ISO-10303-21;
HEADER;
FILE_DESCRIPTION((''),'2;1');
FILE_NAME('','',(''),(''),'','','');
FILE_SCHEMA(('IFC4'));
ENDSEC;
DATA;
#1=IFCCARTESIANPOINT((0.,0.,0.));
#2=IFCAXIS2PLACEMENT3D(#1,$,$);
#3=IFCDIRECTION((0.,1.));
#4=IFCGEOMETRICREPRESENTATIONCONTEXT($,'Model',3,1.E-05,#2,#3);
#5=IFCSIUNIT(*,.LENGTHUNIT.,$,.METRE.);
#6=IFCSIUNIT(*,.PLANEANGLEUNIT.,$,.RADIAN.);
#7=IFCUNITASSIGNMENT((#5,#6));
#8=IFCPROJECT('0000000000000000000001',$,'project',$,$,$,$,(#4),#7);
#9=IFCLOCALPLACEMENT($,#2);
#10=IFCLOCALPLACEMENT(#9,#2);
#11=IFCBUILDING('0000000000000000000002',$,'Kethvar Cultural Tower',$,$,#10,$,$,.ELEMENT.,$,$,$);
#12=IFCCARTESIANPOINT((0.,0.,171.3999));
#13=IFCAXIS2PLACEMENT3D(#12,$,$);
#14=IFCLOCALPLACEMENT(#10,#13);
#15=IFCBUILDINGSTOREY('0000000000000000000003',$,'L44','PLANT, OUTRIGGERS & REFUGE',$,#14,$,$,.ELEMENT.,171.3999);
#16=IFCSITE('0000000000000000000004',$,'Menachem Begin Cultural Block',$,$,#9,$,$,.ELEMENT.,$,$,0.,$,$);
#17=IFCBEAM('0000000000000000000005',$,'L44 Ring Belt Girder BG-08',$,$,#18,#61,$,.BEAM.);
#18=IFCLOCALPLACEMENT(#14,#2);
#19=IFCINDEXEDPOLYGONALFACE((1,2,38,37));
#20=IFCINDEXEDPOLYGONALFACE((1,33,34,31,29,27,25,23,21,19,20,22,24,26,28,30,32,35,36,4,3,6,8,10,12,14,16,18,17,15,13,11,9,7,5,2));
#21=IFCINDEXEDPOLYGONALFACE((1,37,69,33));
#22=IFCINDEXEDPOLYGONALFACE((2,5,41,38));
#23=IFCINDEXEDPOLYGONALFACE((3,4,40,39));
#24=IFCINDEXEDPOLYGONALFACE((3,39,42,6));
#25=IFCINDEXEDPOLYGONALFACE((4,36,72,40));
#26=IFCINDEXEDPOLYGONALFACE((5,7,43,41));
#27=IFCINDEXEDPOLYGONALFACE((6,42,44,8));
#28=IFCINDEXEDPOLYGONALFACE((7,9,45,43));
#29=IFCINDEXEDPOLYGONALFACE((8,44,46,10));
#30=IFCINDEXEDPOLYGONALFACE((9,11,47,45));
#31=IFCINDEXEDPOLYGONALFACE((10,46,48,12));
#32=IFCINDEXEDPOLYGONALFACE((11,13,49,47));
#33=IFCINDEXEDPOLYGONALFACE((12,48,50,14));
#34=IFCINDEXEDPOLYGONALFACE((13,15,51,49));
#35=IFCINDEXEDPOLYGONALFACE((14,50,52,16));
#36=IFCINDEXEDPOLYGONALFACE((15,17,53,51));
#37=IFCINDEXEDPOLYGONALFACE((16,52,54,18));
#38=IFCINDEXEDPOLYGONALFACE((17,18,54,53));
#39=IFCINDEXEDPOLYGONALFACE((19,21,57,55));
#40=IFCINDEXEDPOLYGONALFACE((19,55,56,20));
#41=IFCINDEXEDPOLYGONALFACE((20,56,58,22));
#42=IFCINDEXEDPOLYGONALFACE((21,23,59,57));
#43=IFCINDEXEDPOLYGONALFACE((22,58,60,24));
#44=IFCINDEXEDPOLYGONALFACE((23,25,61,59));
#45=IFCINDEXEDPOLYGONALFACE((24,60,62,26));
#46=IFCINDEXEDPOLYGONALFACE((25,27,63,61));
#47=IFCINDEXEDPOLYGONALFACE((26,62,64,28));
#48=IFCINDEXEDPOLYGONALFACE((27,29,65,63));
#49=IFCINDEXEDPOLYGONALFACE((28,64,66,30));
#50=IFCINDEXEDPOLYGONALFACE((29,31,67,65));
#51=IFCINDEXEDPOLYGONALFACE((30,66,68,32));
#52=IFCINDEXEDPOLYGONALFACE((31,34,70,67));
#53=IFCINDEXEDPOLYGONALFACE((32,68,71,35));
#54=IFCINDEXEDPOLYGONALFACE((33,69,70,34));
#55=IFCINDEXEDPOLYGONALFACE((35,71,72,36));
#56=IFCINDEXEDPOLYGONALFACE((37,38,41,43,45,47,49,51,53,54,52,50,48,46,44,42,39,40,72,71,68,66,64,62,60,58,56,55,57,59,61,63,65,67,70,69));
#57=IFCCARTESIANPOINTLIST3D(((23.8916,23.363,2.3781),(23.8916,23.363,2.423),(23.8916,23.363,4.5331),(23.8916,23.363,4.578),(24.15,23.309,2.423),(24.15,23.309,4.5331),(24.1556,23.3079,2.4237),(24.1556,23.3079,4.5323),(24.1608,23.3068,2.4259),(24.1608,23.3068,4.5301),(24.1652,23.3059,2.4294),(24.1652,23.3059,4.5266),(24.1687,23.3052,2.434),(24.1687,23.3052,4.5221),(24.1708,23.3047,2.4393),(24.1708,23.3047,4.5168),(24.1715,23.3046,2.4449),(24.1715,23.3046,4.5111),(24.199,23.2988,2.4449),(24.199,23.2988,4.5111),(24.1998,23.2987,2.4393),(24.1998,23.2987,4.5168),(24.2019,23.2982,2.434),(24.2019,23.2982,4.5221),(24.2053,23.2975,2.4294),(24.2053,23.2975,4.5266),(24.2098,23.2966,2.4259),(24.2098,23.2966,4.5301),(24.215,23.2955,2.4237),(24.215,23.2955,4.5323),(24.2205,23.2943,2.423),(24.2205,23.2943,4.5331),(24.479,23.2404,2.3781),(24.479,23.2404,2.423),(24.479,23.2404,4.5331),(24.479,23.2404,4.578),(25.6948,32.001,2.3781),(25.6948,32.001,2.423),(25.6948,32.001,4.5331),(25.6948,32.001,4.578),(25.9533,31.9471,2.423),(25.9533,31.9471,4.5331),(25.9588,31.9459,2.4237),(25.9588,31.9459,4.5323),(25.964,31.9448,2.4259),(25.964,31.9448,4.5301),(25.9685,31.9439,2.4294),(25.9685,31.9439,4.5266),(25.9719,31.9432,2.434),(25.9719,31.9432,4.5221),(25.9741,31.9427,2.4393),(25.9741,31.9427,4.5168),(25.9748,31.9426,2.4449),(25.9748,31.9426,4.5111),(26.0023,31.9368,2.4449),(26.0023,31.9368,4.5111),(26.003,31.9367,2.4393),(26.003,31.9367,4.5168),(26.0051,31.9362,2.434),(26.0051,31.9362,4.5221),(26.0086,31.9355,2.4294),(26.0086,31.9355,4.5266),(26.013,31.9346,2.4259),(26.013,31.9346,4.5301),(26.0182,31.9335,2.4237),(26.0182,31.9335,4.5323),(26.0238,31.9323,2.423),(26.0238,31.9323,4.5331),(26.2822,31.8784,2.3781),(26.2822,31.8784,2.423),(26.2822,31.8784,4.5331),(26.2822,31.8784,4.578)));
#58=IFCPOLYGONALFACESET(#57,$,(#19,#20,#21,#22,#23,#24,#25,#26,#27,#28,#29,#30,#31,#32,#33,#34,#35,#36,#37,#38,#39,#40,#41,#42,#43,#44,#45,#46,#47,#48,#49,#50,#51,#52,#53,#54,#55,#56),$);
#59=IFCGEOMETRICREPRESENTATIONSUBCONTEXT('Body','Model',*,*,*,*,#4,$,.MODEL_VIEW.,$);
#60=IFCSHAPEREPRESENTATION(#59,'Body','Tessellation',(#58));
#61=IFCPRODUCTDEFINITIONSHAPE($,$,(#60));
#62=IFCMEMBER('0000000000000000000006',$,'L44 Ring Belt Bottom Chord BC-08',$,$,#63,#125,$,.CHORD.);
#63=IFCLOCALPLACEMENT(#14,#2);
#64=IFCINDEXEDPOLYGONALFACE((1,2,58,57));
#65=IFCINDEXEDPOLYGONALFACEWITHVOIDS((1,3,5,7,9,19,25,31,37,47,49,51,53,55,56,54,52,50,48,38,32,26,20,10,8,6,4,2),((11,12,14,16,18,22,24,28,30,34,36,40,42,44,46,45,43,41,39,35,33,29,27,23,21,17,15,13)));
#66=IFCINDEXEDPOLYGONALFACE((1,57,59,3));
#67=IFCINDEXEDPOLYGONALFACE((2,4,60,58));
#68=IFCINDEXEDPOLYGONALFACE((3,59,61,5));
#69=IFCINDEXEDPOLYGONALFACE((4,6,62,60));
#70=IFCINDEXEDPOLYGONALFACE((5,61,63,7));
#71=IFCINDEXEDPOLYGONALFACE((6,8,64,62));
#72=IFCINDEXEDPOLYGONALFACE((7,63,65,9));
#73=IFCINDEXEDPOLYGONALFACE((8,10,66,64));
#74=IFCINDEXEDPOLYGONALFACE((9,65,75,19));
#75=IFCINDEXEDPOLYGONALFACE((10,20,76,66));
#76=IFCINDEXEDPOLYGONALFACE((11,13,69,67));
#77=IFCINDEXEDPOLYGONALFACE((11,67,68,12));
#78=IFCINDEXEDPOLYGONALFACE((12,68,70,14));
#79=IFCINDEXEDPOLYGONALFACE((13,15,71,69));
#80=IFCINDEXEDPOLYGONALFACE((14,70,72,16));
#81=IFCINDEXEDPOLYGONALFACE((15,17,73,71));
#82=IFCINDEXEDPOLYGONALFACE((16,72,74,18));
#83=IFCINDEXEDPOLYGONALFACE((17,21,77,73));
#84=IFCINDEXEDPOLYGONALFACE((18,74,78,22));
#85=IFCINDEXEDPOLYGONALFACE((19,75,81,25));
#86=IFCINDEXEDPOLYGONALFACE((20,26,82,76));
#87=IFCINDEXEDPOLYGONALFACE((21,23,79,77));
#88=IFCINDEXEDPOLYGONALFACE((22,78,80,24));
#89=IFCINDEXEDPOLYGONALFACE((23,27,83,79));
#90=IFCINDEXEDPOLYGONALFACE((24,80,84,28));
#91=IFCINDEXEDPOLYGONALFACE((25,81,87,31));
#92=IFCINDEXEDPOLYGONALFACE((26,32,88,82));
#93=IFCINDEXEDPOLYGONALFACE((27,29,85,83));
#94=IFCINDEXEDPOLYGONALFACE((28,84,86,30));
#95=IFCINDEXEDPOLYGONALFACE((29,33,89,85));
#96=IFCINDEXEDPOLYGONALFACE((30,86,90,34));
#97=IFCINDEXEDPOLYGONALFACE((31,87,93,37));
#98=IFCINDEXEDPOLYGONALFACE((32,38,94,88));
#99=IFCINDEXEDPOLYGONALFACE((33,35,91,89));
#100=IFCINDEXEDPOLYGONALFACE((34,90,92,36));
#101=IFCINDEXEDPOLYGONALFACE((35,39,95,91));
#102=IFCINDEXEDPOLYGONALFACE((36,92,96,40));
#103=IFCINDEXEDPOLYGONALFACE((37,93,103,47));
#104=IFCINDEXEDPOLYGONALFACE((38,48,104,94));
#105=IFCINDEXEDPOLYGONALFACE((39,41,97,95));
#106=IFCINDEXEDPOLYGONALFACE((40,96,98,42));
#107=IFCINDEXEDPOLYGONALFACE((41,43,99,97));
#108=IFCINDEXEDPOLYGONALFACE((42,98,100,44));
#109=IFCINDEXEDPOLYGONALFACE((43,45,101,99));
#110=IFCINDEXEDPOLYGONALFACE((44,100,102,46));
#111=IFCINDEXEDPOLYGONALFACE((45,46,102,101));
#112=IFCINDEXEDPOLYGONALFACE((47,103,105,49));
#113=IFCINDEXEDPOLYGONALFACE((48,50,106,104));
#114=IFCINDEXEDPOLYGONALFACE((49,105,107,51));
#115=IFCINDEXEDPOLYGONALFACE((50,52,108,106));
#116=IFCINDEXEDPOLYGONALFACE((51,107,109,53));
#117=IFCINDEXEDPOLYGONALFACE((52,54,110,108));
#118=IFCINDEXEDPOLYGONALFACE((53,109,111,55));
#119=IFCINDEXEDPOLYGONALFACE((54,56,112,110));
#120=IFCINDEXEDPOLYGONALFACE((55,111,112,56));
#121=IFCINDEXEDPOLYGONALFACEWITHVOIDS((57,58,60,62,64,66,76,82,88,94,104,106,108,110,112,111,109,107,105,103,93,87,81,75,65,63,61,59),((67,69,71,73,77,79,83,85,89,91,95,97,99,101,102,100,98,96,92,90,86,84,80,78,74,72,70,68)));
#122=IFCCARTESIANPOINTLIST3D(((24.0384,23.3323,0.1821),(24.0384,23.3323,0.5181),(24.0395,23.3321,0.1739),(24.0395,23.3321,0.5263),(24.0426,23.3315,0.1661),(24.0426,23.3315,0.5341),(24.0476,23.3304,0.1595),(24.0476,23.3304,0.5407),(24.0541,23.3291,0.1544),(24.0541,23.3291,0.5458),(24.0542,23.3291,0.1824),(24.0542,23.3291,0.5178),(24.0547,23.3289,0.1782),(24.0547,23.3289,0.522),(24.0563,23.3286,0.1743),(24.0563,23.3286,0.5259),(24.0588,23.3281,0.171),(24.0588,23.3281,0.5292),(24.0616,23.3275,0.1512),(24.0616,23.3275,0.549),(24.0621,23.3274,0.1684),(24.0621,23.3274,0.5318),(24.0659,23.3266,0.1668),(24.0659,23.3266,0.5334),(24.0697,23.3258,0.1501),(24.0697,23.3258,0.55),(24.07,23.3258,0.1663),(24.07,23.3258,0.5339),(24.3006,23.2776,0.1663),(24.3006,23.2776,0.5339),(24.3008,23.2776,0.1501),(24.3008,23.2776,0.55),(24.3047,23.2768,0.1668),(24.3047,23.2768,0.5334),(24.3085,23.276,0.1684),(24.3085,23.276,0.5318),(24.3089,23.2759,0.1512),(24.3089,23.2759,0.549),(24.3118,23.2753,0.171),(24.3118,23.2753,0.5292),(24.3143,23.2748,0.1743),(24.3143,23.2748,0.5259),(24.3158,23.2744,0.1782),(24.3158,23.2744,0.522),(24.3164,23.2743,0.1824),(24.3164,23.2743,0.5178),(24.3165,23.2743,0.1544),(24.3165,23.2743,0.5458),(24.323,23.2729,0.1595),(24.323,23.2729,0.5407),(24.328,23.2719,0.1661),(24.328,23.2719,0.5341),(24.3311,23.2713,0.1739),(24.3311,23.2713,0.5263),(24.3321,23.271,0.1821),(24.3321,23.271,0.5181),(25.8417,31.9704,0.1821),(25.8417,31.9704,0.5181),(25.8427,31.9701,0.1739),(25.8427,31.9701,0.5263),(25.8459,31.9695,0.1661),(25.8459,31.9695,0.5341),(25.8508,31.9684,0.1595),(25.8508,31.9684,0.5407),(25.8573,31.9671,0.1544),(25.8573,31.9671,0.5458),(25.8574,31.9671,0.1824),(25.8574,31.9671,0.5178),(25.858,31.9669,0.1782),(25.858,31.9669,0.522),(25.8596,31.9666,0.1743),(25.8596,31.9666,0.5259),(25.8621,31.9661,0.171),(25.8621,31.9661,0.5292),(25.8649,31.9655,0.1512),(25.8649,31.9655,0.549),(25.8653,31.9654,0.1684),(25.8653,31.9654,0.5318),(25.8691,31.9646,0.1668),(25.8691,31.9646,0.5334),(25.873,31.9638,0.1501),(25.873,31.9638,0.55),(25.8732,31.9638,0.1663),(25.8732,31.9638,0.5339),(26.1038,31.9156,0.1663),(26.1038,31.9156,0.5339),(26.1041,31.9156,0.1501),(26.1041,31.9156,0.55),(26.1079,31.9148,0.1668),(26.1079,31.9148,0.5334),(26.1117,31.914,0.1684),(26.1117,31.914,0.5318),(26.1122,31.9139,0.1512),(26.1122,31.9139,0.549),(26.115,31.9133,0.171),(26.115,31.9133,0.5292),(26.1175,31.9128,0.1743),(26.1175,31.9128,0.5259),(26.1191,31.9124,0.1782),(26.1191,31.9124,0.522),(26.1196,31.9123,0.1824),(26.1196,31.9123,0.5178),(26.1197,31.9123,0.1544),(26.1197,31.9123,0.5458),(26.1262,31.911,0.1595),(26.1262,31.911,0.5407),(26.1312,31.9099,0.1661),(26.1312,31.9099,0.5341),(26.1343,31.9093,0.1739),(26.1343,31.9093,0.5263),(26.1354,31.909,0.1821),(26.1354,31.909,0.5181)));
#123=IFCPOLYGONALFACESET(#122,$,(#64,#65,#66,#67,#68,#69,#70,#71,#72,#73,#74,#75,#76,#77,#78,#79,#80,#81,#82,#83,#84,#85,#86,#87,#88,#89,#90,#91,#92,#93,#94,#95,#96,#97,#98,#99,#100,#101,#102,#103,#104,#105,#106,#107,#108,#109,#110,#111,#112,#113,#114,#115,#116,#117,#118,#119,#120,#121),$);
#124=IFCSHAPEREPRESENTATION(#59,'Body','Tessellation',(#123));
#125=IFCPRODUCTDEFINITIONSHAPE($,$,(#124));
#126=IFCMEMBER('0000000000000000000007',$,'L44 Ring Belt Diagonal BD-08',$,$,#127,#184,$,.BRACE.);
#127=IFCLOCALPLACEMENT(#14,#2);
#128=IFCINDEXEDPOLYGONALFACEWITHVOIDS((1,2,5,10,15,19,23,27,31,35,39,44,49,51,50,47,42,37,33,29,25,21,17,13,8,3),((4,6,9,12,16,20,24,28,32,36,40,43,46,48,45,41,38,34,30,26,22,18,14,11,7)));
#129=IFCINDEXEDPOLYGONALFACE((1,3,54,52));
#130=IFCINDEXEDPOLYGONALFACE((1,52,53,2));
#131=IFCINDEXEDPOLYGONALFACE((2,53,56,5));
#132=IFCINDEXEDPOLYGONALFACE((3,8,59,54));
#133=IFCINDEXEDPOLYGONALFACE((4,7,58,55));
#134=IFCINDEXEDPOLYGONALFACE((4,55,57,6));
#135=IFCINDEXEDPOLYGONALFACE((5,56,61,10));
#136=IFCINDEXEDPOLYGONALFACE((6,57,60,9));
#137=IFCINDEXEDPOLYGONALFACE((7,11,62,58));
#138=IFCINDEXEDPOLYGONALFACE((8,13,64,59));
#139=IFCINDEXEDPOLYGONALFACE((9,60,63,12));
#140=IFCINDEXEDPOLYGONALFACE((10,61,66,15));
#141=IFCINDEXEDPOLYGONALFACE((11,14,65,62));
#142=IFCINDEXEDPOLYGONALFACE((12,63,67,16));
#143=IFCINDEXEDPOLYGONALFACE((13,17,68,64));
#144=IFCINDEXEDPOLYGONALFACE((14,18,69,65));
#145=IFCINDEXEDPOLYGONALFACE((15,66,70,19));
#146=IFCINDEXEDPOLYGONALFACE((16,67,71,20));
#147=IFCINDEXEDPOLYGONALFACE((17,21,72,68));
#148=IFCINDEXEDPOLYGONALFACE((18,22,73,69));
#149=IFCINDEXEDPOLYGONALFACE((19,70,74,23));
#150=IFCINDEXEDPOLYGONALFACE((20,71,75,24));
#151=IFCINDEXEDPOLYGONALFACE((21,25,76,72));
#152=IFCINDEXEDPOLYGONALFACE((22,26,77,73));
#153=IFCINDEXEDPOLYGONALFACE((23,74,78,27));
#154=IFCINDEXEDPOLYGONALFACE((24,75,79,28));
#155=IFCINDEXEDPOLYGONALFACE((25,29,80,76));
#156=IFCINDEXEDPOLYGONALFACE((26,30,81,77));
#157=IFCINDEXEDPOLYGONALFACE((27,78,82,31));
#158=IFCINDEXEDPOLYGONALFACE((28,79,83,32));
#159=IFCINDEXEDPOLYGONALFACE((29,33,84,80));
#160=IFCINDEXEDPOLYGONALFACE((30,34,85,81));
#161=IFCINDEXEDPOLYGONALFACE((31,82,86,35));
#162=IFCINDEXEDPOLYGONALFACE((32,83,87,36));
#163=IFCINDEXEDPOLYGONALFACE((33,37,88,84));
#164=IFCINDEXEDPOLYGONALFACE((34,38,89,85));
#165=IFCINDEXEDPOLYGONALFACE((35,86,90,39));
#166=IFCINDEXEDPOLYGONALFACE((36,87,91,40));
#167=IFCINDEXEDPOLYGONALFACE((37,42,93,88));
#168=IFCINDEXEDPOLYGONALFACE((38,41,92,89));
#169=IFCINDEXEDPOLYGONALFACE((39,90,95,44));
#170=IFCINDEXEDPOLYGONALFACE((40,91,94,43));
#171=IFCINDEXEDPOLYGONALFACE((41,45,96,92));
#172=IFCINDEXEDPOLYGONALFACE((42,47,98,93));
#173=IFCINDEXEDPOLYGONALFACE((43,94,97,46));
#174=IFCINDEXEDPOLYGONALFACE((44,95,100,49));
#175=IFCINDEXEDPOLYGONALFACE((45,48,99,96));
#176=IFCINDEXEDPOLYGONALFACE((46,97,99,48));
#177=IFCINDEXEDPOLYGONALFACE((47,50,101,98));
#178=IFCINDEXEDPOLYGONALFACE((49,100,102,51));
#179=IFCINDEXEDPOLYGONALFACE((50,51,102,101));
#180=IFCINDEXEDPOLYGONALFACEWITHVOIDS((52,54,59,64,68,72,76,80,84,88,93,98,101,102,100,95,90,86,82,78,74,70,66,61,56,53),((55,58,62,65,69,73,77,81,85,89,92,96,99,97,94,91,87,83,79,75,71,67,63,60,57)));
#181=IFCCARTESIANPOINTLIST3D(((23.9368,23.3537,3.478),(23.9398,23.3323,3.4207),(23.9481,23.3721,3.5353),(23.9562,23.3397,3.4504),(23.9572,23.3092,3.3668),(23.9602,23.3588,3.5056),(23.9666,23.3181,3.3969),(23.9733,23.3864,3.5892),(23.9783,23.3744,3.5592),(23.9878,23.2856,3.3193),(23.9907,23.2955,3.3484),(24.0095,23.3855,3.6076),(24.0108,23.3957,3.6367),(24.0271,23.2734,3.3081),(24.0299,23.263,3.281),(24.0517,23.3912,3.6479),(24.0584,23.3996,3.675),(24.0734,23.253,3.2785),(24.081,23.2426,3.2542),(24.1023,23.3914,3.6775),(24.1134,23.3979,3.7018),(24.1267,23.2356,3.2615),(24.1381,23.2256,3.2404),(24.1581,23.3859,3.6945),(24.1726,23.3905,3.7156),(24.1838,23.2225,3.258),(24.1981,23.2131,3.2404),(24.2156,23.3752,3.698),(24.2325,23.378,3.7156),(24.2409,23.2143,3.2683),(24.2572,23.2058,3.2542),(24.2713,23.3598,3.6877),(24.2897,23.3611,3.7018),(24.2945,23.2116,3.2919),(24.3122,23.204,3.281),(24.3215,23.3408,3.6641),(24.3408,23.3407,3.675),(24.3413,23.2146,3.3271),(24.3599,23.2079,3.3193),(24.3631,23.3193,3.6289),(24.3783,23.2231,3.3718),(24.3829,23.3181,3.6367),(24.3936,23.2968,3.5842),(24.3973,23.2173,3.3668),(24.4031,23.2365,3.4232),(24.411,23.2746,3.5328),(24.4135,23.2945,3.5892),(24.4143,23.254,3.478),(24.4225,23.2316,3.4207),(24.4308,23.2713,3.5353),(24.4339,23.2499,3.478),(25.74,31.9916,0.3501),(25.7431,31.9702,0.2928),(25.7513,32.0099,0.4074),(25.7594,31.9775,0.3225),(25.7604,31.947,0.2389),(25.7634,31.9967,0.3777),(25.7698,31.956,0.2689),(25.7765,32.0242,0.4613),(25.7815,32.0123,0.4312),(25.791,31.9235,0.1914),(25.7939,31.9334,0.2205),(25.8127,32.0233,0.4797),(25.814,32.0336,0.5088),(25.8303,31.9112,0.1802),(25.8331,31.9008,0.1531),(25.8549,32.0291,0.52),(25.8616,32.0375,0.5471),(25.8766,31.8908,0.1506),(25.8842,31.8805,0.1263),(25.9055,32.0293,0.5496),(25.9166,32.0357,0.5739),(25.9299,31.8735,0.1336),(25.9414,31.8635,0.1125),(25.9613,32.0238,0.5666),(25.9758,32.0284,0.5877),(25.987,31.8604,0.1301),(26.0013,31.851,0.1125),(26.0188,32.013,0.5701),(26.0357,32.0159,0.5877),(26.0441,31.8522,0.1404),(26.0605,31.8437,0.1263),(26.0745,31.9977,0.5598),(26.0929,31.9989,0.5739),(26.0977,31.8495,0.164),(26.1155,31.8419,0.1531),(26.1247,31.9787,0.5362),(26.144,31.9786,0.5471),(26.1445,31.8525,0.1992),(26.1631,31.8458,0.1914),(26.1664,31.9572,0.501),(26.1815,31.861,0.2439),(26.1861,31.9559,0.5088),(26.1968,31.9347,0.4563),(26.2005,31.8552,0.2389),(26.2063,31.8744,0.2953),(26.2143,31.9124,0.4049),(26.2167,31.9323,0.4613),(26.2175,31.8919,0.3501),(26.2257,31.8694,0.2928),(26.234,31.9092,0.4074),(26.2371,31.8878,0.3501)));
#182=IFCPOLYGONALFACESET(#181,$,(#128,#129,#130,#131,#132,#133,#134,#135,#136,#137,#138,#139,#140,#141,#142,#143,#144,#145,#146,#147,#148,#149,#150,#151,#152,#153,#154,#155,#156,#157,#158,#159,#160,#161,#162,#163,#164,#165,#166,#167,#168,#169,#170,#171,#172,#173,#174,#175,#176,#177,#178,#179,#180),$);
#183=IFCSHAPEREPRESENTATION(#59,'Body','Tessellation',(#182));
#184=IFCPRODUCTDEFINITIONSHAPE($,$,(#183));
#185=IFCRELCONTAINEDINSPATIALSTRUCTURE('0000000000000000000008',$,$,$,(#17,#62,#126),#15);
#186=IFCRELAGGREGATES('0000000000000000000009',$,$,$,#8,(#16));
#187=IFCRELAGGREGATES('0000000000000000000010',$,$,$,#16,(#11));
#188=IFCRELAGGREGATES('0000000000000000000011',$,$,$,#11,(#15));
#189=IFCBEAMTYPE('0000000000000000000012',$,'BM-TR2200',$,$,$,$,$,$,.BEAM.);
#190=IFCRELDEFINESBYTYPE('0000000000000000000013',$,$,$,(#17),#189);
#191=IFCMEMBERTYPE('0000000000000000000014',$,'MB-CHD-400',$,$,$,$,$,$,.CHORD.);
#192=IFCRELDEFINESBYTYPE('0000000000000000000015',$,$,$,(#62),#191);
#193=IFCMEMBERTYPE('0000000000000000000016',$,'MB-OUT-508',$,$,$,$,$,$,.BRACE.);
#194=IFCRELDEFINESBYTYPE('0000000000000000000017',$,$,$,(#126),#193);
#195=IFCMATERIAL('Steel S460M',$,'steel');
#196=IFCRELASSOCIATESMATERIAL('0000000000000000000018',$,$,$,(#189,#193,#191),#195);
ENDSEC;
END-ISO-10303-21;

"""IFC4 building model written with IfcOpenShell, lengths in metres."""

from ifc_helpers import new_model, si_unit, direction, frame, origin, origin_2d, place, context, subcontext, project, spatial, hollow_rectangle, hollow_circle, i_section, extrude, source, transform, mapped, material, material_profile, profile_set, type_object, element, save


model = new_model("IFC4")

# Units and contexts
model_context = context("Model", 3, precision=1e-05, world=origin(), true_north=direction((0.0, 1.0)))
body_context = subcontext(model_context, "Body", "Model", "MODEL_VIEW")
ifc_project = project(units=[si_unit("LENGTHUNIT", "METRE"), si_unit("PLANEANGLEUNIT", "RADIAN")], contexts=[model_context])

# Site, building, storey
site_placement = place(None, origin())
site = spatial("IfcSite", under=ifc_project, at=site_placement, Name="Menachem Begin Cultural Block", CompositionType="ELEMENT", RefElevation=0.0)
building_placement = place(site_placement, origin())
building = spatial("IfcBuilding", under=site, at=building_placement, Name="Kethvar Cultural Tower", CompositionType="ELEMENT")
storey_placement = place(building_placement, frame((0.0, 0.0, 171.3999)))
storey = spatial("IfcBuildingStorey", under=building, at=storey_placement, Name="L44", Description="PLANT, OUTRIGGERS & REFUGE", CompositionType="ELEMENT", Elevation=171.3999)

# Shared definitions
ifc_material_1 = material(Name="Steel S460M", Category="steel")

# Shared definitions
ifc_material_profile_1 = material_profile(ifc_material_1, i_section(OverallWidth=0.6001, OverallDepth=2.2, WebThickness=0.0281, FlangeThickness=0.0449, FilletRadius=0.022, at=origin_2d()), Name="Steel S460M — PG2200x600x45x28")
ifc_profile_set_1 = profile_set([ifc_material_profile_1], Name="Steel S460M — PG2200x600x45x28")
beam_type = type_object("IfcBeamType", Name="BM-TR2200", PredefinedType="BEAM", material=ifc_profile_set_1)

# Shared definitions
ifc_material_profile_2 = material_profile(ifc_material_1, hollow_circle(Radius=0.2539, WallThickness=0.02, at=origin_2d()), Name="Steel S460M — CHS508x20")
ifc_profile_set_2 = profile_set([ifc_material_profile_2], Name="Steel S460M — CHS508x20")
member_type_1 = type_object("IfcMemberType", Name="MB-OUT-508", PredefinedType="BRACE", material=ifc_profile_set_2)

# Beam
shared_shape_1 = source(origin(), body_context, "Body", "SweptSolid", [
    extrude(i_section(OverallWidth=0.6001, OverallDepth=2.2, WebThickness=0.0281, FlangeThickness=0.0449, FilletRadius=0.022, at=origin_2d()), origin(), (0.0, 0.0, 1.0), 8.8242),
])
beam_1_placement = place(storey_placement, frame((25.9885, 31.9397, 3.478), z_axis=(-0.204351, -0.978898, 0.0), x_axis=(0.978898, -0.204351, 0.0)))
element("IfcBeam", 1, at=beam_1_placement, inside=storey, type_object=beam_type, Name="L44 Ring Belt Girder BG-08", PredefinedType="BEAM", context=body_context, shape_type="MappedRepresentation", body=[
    mapped(shared_shape_1, transform((0.0, 0.0, 0.0), scale=1.0)),
])

# Members
ifc_material_profile_3 = material_profile(ifc_material_1, hollow_rectangle(XDim=0.3, YDim=0.3999, WallThickness=0.0161, InnerFilletRadius=0.0161, OuterFilletRadius=0.032, at=origin_2d()), Name="Steel S460M — RHS400x300x16")
ifc_profile_set_3 = profile_set([ifc_material_profile_3], Name="Steel S460M — RHS400x300x16")
member_type_2 = type_object("IfcMemberType", Name="MB-CHD-400", PredefinedType="CHORD", material=ifc_profile_set_3)
shared_shape_2 = source(origin(), body_context, "Body", "SweptSolid", [
    extrude(hollow_rectangle(XDim=0.3, YDim=0.3999, WallThickness=0.0161, InnerFilletRadius=0.0161, OuterFilletRadius=0.032, at=origin_2d()), origin(), (0.0, 0.0, 1.0), 8.8242),
])
member_1_placement = place(storey_placement, frame((25.9885, 31.9397, 0.3501), z_axis=(-0.204351, -0.978898, 0.0), x_axis=(0.978898, -0.204351, 0.0)))
element("IfcMember", 2, at=member_1_placement, inside=storey, type_object=member_type_2, Name="L44 Ring Belt Bottom Chord BC-08", PredefinedType="CHORD", context=body_context, shape_type="MappedRepresentation", body=[
    mapped(shared_shape_2, transform((0.0, 0.0, 0.0), scale=1.0)),
])
shared_shape_3 = source(origin(), body_context, "Body", "SweptSolid", [
    extrude(hollow_circle(Radius=0.2539, WallThickness=0.02, at=origin_2d()), origin(), (0.0, 0.0, 1.0), 9.3621),
])
member_2_placement = place(storey_placement, frame((25.9885, 31.9397, 0.3501), z_axis=(-0.192608, -0.922646, 0.334104), x_axis=(0.978898, -0.204351, 0.0)))
element("IfcMember", 3, at=member_2_placement, inside=storey, type_object=member_type_1, Name="L44 Ring Belt Diagonal BD-08", PredefinedType="BRACE", context=body_context, shape_type="MappedRepresentation", body=[
    mapped(shared_shape_3, transform((0.0, 0.0, 0.0), scale=1.0)),
])

save(model, "model.ifc")
